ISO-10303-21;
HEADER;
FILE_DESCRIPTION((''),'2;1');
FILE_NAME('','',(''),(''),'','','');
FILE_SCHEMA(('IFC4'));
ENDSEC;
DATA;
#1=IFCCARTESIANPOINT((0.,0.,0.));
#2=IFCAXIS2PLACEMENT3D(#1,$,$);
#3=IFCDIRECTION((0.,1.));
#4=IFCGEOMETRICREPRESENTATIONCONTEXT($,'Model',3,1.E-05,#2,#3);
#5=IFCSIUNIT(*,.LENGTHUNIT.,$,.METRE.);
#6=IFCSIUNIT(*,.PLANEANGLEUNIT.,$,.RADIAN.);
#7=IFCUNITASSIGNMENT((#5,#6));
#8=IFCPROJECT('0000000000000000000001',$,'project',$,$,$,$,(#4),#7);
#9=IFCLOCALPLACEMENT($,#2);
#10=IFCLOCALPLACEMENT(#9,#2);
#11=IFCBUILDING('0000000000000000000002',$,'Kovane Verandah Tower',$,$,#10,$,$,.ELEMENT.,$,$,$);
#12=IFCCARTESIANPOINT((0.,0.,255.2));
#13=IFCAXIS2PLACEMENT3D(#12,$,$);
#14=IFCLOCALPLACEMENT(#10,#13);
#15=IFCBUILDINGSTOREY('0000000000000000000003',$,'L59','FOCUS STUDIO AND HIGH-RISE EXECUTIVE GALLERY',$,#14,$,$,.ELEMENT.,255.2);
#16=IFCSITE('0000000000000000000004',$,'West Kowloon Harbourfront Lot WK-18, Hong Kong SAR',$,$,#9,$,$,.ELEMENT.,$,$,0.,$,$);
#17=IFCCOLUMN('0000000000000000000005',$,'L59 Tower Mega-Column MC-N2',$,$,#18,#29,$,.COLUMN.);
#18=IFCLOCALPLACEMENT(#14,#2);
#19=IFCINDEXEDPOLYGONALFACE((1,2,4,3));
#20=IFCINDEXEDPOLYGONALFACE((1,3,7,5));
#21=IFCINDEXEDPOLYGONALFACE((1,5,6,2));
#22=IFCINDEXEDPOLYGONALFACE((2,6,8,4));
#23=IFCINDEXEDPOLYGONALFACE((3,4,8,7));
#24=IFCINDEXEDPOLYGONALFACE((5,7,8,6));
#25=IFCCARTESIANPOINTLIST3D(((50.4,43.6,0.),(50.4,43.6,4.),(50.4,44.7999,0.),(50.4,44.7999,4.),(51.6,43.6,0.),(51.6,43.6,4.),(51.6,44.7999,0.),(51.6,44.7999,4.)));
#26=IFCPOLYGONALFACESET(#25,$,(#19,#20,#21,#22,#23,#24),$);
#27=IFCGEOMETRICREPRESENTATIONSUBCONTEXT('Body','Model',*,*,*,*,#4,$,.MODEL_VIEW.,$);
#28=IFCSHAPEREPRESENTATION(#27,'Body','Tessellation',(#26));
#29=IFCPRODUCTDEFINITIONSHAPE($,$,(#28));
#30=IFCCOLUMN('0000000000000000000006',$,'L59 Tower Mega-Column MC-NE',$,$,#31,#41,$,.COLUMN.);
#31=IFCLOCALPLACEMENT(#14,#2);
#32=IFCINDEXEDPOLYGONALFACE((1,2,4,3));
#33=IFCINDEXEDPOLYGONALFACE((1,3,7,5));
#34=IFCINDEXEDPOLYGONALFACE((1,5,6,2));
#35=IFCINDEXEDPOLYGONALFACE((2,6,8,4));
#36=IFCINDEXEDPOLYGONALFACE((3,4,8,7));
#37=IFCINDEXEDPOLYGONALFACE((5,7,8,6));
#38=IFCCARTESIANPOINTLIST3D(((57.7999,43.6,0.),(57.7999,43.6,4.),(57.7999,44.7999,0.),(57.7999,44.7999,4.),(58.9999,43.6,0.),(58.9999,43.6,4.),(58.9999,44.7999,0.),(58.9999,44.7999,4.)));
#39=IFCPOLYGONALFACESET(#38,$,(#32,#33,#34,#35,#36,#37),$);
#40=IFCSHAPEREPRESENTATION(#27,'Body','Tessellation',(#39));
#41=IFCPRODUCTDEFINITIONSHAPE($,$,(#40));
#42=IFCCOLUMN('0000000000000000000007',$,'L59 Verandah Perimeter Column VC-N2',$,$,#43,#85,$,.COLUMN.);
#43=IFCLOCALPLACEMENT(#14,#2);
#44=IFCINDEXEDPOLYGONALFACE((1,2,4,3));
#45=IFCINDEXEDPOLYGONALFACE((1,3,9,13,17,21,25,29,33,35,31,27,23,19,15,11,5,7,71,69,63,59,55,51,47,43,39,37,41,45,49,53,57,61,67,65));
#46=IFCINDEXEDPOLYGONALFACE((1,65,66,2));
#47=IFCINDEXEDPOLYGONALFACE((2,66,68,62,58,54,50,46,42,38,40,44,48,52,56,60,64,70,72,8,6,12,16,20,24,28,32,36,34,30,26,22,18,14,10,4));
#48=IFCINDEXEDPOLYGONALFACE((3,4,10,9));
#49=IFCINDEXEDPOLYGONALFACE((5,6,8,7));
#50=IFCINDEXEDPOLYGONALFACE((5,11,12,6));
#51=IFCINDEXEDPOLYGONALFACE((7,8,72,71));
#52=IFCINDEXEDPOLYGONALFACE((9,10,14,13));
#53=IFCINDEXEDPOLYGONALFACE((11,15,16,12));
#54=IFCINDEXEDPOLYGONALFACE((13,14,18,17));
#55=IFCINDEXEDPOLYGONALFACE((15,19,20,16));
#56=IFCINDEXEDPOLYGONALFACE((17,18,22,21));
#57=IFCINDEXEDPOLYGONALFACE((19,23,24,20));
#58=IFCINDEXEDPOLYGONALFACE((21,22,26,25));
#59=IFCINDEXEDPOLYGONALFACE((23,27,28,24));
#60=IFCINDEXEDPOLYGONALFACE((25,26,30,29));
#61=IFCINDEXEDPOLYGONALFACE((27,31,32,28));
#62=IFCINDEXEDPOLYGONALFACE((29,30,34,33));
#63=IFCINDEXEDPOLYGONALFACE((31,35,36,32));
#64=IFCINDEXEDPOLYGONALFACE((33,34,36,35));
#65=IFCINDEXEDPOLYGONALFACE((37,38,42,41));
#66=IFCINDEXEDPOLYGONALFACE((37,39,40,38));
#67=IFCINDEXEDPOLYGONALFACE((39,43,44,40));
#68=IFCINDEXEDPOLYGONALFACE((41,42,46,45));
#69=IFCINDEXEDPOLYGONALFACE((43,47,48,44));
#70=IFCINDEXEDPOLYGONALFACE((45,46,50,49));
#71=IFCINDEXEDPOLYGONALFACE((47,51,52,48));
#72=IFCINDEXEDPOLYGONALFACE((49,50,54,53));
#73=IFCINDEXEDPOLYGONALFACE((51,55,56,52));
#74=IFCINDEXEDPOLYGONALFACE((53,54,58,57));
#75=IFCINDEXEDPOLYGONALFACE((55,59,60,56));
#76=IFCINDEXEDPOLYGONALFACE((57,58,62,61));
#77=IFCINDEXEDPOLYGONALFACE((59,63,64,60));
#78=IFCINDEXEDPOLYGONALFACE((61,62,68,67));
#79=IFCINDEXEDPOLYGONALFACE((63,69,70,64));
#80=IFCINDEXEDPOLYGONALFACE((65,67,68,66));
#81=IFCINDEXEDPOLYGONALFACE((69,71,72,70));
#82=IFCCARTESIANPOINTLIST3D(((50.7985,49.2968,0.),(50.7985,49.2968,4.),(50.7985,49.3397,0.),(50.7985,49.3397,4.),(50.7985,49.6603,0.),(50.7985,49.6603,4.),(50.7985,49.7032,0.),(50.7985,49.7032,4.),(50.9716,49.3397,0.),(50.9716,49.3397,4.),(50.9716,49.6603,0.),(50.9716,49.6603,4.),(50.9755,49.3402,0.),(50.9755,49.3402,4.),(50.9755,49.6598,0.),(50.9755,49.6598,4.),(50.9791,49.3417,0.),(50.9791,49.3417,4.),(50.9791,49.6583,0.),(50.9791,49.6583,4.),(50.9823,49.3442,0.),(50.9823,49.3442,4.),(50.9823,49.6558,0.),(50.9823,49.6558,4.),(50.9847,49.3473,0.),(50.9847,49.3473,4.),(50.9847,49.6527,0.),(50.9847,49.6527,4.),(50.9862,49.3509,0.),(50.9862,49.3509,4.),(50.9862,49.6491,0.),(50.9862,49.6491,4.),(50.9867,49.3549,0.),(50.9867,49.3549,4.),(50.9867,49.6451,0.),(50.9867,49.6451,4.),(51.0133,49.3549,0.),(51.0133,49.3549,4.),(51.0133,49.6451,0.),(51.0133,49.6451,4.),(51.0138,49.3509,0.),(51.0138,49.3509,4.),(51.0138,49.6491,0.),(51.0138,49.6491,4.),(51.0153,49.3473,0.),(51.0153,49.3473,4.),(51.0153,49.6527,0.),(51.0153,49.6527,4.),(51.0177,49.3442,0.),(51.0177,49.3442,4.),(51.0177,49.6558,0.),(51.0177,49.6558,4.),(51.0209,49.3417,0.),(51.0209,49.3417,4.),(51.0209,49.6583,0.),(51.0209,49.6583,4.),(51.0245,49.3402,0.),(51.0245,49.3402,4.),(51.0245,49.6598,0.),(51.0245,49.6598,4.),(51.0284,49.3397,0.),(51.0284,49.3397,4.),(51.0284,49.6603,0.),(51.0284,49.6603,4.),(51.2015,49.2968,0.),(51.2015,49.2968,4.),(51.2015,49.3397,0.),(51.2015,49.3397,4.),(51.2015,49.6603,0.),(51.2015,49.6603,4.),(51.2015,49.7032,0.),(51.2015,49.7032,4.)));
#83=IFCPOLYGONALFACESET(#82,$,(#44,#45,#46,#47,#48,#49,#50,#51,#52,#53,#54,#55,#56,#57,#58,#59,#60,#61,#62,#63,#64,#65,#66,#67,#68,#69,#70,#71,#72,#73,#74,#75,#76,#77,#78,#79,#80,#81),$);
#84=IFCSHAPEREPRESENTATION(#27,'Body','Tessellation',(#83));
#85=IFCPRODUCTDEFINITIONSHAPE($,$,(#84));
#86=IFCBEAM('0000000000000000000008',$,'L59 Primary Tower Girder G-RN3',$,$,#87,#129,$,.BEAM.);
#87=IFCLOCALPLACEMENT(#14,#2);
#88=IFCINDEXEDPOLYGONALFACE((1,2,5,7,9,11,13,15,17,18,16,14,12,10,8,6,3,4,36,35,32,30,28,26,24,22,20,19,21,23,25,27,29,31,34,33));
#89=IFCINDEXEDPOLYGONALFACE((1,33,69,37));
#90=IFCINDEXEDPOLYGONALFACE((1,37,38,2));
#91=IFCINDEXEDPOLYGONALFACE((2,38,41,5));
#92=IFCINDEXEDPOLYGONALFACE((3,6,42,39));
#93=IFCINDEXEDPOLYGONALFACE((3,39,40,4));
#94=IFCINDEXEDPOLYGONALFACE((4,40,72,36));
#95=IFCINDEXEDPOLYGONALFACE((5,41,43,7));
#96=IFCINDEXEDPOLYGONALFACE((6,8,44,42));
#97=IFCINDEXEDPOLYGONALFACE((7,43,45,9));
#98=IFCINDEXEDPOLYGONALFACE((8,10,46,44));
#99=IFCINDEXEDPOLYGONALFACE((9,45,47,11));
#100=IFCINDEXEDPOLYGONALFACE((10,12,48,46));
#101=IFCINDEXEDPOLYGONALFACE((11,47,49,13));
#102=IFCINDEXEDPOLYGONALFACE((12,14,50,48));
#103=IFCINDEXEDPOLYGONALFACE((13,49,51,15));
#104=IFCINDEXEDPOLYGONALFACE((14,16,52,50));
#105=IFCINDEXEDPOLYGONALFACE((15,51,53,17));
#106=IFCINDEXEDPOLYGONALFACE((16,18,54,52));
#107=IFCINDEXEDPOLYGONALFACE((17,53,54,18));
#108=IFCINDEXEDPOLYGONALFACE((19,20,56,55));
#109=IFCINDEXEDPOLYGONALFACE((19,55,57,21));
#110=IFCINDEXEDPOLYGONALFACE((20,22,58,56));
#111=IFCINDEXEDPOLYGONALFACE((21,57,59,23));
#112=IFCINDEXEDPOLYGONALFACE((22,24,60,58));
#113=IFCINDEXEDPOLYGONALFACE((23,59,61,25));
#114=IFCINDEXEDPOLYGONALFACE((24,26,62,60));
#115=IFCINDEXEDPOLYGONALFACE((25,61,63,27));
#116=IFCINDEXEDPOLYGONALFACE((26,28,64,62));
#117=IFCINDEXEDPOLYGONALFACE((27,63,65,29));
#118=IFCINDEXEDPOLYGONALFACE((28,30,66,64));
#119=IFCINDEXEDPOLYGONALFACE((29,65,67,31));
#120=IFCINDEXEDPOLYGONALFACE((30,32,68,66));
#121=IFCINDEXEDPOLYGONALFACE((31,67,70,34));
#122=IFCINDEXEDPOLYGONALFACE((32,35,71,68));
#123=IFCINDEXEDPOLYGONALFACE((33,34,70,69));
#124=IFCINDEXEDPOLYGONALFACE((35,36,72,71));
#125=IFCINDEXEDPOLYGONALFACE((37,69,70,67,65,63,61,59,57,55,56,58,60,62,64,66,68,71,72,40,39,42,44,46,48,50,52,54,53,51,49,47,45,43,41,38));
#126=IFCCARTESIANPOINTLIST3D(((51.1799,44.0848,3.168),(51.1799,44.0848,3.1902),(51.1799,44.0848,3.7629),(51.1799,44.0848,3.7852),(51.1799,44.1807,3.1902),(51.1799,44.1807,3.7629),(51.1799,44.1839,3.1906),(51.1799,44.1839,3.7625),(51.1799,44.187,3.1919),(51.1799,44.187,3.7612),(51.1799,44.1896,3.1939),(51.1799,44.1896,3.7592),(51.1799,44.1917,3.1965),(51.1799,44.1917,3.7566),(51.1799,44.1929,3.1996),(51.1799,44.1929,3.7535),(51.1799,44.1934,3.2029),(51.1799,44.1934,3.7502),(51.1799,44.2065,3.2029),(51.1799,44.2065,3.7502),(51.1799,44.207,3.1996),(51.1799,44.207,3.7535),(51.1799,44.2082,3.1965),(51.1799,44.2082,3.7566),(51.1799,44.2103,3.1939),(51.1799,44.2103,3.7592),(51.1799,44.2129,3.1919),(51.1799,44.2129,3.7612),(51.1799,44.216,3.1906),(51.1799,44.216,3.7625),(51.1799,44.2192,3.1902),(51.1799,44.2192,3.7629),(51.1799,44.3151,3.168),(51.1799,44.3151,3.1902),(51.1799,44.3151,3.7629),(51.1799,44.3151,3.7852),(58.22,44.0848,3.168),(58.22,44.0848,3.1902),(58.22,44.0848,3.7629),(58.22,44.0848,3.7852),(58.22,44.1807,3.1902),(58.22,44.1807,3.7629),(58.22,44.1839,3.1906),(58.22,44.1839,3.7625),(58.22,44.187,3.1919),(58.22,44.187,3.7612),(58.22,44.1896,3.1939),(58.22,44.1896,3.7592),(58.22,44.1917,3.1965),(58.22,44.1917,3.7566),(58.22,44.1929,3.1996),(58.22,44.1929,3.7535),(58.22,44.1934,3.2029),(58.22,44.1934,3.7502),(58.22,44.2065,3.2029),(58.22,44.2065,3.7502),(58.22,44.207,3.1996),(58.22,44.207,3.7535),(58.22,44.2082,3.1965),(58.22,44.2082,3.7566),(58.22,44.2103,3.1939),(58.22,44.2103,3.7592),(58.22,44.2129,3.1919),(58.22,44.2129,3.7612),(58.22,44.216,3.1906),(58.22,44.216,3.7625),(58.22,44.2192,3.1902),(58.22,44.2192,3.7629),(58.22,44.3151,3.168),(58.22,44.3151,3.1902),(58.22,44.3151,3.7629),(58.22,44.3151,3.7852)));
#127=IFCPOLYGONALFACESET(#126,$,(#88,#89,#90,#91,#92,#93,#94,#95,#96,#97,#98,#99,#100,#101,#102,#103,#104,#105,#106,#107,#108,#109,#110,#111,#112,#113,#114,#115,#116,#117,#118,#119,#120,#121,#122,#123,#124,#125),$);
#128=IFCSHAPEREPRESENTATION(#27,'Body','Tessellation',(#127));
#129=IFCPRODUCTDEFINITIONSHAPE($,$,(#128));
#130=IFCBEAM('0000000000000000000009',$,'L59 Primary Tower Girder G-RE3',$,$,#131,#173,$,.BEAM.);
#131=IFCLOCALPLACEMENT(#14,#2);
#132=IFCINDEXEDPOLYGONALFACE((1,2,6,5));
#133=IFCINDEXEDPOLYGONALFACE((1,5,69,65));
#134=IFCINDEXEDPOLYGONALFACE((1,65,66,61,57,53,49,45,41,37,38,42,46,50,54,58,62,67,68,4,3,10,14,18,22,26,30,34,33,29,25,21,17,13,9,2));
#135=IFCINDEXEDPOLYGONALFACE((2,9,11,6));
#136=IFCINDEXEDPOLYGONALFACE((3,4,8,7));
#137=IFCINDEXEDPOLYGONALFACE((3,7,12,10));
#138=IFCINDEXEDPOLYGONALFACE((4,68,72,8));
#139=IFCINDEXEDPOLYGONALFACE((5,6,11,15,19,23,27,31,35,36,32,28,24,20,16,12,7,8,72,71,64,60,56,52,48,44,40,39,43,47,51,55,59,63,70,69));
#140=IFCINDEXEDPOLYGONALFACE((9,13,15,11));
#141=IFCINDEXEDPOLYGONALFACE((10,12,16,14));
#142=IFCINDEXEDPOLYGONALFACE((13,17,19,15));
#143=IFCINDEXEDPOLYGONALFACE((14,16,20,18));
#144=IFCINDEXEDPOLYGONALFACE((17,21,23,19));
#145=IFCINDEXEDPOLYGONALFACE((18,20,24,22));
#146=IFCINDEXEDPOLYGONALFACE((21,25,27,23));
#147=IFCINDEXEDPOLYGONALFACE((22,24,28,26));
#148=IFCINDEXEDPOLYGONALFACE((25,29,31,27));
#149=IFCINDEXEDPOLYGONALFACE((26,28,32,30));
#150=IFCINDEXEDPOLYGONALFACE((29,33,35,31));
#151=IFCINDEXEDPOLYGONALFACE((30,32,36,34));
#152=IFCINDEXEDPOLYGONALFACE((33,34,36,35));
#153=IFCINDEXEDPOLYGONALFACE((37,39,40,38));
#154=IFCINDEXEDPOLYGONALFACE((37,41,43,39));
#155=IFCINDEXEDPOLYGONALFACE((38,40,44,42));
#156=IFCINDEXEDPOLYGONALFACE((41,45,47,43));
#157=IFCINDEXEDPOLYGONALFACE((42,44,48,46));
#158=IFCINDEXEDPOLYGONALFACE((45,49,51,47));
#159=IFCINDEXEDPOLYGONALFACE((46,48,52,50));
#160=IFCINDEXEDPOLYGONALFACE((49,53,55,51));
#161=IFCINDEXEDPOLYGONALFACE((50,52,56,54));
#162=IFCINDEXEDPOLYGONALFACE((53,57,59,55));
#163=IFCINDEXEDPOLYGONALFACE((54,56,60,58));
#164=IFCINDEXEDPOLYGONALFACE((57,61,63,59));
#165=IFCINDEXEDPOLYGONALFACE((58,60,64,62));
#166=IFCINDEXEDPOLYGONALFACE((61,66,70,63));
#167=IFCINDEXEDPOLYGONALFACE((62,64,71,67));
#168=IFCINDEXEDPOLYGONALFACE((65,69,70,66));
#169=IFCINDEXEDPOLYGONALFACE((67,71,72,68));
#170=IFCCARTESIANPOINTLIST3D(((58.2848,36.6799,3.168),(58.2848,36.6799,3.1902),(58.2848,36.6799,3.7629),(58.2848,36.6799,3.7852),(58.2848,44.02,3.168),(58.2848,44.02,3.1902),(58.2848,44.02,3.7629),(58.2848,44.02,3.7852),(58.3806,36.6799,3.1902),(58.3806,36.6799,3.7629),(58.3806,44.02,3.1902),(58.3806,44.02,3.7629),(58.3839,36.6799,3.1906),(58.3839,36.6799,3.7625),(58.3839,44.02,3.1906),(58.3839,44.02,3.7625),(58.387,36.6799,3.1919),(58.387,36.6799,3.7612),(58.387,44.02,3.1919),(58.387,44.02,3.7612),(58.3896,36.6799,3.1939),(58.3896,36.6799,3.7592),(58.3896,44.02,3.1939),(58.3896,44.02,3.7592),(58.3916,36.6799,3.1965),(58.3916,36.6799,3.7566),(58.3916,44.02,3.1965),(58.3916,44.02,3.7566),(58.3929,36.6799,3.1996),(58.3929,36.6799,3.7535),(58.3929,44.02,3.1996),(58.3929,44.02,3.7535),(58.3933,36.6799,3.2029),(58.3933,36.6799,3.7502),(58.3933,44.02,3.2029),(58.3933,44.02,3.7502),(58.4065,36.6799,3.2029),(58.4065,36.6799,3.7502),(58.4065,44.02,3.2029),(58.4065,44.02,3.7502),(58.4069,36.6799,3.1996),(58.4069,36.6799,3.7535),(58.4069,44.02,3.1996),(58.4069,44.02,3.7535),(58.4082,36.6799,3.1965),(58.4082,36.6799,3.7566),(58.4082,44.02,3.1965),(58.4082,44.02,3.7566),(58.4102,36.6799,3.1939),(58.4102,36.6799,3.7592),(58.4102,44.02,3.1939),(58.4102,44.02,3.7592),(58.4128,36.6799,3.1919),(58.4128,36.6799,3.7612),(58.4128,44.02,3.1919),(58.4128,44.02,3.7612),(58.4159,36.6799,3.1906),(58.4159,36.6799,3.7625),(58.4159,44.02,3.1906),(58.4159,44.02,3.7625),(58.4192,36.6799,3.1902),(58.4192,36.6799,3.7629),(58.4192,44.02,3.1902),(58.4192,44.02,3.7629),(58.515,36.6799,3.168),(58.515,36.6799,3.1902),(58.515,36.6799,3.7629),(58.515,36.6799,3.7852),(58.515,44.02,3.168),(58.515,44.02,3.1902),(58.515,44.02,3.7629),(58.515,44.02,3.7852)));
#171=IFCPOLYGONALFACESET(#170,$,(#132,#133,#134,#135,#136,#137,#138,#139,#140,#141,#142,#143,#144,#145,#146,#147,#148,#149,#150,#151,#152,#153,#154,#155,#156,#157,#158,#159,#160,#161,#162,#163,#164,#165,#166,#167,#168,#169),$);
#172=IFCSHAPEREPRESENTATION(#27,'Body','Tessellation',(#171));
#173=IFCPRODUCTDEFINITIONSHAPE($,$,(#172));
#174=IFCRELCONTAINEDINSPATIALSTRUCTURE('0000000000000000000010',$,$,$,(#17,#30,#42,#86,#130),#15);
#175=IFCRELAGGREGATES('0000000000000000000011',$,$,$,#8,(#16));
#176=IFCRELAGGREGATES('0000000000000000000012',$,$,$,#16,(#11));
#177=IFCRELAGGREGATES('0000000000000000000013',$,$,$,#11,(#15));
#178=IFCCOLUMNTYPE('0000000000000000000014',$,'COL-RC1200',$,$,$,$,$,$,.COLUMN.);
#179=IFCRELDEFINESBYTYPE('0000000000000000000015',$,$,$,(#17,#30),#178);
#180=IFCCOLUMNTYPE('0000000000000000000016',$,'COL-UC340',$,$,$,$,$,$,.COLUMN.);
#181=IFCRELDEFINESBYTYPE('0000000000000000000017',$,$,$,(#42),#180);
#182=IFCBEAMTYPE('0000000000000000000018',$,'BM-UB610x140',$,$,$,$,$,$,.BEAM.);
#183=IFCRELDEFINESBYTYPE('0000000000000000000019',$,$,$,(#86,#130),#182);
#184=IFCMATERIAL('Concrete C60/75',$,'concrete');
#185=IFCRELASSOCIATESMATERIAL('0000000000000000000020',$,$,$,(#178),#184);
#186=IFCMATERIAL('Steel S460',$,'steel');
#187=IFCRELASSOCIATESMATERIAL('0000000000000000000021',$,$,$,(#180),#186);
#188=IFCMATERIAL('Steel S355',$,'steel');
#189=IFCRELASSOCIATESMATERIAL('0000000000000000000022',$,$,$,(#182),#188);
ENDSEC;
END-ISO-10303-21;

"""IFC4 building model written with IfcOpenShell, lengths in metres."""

from ifc_helpers import new_model, si_unit, direction, frame, origin, origin_2d, place, context, subcontext, project, spatial, rectangle, i_section, extrude, material, material_profile, profile_set, type_object, element, save


model = new_model("IFC4")

# Units and contexts
model_context = context("Model", 3, precision=1e-05, world=origin(), true_north=direction((0.0, 1.0)))
body_context = subcontext(model_context, "Body", "Model", "MODEL_VIEW")
ifc_project = project(units=[si_unit("LENGTHUNIT", "METRE"), si_unit("PLANEANGLEUNIT", "RADIAN")], contexts=[model_context])

# Site, building, storey
site_placement = place(None, origin())
site = spatial("IfcSite", under=ifc_project, at=site_placement, Name="West Kowloon Harbourfront Lot WK-18, Hong Kong SAR", CompositionType="ELEMENT", RefElevation=0.0)
building_placement = place(site_placement, origin())
building = spatial("IfcBuilding", under=site, at=building_placement, Name="Kovane Verandah Tower", CompositionType="ELEMENT")
storey_placement = place(building_placement, frame((0.0, 0.0, 255.2)))
storey = spatial("IfcBuildingStorey", under=building, at=storey_placement, Name="L59", Description="FOCUS STUDIO AND HIGH-RISE EXECUTIVE GALLERY", CompositionType="ELEMENT", Elevation=255.2)

# Columns
ifc_material_1 = material(Name="Concrete C60/75", Category="concrete")
ifc_material_profile_1 = material_profile(ifc_material_1, rectangle(XDim=1.2, YDim=1.2, at=origin_2d()), Name="RC1200x1200")
ifc_profile_set_1 = profile_set([ifc_material_profile_1], Name="Concrete C60/75")
column_type_1 = type_object("IfcColumnType", Name="COL-RC1200", PredefinedType="COLUMN", material=ifc_profile_set_1)
for number, where, z_axis, x_axis, name in (
    (1, (51.0, 44.2, 0.0), (0.0, 0.0, 1.0), (1.0, 0.0, 0.0), "L59 Tower Mega-Column MC-N2"),
    (2, (58.3999, 44.2, 0.0), (0.0, 0.0, 1.0), (1.0, 0.0, 0.0), "L59 Tower Mega-Column MC-NE"),
):
    element("IfcColumn", number, at=place(storey_placement, frame(where, z_axis=z_axis, x_axis=x_axis)), inside=storey, type_object=column_type_1, Name=name, PredefinedType="COLUMN", context=body_context, shape_type="SweptSolid", body=[
        extrude(rectangle(XDim=1.2, YDim=1.2, at=origin_2d()), origin(), (0.0, 0.0, 1.0), 4.0),
    ])
ifc_material_2 = material(Name="Steel S460", Category="steel")
ifc_material_profile_2 = material_profile(ifc_material_2, i_section(OverallWidth=0.4031, OverallDepth=0.4065, WebThickness=0.0266, FlangeThickness=0.043, FilletRadius=0.0151, at=origin_2d()), Name="UC356x406x340")
ifc_profile_set_2 = profile_set([ifc_material_profile_2], Name="Steel S460")
column_type_2 = type_object("IfcColumnType", Name="COL-UC340", PredefinedType="COLUMN", material=ifc_profile_set_2)
column_placement = place(storey_placement, frame((51.0, 49.5, 0.0), z_axis=(0.0, 0.0, 1.0), x_axis=(1.0, 0.0, 0.0)))
element("IfcColumn", 3, at=column_placement, inside=storey, type_object=column_type_2, Name="L59 Verandah Perimeter Column VC-N2", PredefinedType="COLUMN", context=body_context, shape_type="SweptSolid", body=[
    extrude(i_section(OverallWidth=0.4031, OverallDepth=0.4065, WebThickness=0.0266, FlangeThickness=0.043, FilletRadius=0.0151, at=origin_2d()), origin(), (0.0, 0.0, 1.0), 4.0),
])

# Beams
ifc_material_3 = material(Name="Steel S355", Category="steel")
ifc_material_profile_3 = material_profile(ifc_material_3, i_section(OverallWidth=0.2302, OverallDepth=0.6172, WebThickness=0.0132, FlangeThickness=0.0222, FilletRadius=0.0127, at=origin_2d()), Name="UB610x229x140")
ifc_profile_set_3 = profile_set([ifc_material_profile_3], Name="Steel S355")
beam_type_1 = type_object("IfcBeamType", Name="BM-UB610x140", PredefinedType="BEAM", material=ifc_profile_set_3)
beam_1_placement = place(storey_placement, frame((51.1799, 44.2, 3.4766), z_axis=(1.0, 0.0, 0.0), x_axis=(0.0, 1.0, 0.0)))
element("IfcBeam", 4, at=beam_1_placement, inside=storey, type_object=beam_type_1, Name="L59 Primary Tower Girder G-RN3", PredefinedType="BEAM", context=body_context, shape_type="SweptSolid", body=[
    extrude(i_section(OverallWidth=0.2302, OverallDepth=0.6172, WebThickness=0.0132, FlangeThickness=0.0222, FilletRadius=0.0127, at=origin_2d()), origin(), (0.0, 0.0, 1.0), 7.04),
])
for number, where, z_axis, x_axis, name in (
    (5, (58.3999, 36.6799, 3.4766), (0.0, 1.0, 0.0), (-1.0, 0.0, 0.0), "L59 Primary Tower Girder G-RE3"),
):
    element("IfcBeam", number, at=place(storey_placement, frame(where, z_axis=z_axis, x_axis=x_axis)), inside=storey, type_object=beam_type_1, Name=name, PredefinedType="BEAM", context=body_context, shape_type="SweptSolid", body=[
        extrude(i_section(OverallWidth=0.2302, OverallDepth=0.6172, WebThickness=0.0132, FlangeThickness=0.0222, FilletRadius=0.0127, at=origin_2d()), origin(), (0.0, 0.0, 1.0), 7.3401),
    ])

save(model, "model.ifc")
